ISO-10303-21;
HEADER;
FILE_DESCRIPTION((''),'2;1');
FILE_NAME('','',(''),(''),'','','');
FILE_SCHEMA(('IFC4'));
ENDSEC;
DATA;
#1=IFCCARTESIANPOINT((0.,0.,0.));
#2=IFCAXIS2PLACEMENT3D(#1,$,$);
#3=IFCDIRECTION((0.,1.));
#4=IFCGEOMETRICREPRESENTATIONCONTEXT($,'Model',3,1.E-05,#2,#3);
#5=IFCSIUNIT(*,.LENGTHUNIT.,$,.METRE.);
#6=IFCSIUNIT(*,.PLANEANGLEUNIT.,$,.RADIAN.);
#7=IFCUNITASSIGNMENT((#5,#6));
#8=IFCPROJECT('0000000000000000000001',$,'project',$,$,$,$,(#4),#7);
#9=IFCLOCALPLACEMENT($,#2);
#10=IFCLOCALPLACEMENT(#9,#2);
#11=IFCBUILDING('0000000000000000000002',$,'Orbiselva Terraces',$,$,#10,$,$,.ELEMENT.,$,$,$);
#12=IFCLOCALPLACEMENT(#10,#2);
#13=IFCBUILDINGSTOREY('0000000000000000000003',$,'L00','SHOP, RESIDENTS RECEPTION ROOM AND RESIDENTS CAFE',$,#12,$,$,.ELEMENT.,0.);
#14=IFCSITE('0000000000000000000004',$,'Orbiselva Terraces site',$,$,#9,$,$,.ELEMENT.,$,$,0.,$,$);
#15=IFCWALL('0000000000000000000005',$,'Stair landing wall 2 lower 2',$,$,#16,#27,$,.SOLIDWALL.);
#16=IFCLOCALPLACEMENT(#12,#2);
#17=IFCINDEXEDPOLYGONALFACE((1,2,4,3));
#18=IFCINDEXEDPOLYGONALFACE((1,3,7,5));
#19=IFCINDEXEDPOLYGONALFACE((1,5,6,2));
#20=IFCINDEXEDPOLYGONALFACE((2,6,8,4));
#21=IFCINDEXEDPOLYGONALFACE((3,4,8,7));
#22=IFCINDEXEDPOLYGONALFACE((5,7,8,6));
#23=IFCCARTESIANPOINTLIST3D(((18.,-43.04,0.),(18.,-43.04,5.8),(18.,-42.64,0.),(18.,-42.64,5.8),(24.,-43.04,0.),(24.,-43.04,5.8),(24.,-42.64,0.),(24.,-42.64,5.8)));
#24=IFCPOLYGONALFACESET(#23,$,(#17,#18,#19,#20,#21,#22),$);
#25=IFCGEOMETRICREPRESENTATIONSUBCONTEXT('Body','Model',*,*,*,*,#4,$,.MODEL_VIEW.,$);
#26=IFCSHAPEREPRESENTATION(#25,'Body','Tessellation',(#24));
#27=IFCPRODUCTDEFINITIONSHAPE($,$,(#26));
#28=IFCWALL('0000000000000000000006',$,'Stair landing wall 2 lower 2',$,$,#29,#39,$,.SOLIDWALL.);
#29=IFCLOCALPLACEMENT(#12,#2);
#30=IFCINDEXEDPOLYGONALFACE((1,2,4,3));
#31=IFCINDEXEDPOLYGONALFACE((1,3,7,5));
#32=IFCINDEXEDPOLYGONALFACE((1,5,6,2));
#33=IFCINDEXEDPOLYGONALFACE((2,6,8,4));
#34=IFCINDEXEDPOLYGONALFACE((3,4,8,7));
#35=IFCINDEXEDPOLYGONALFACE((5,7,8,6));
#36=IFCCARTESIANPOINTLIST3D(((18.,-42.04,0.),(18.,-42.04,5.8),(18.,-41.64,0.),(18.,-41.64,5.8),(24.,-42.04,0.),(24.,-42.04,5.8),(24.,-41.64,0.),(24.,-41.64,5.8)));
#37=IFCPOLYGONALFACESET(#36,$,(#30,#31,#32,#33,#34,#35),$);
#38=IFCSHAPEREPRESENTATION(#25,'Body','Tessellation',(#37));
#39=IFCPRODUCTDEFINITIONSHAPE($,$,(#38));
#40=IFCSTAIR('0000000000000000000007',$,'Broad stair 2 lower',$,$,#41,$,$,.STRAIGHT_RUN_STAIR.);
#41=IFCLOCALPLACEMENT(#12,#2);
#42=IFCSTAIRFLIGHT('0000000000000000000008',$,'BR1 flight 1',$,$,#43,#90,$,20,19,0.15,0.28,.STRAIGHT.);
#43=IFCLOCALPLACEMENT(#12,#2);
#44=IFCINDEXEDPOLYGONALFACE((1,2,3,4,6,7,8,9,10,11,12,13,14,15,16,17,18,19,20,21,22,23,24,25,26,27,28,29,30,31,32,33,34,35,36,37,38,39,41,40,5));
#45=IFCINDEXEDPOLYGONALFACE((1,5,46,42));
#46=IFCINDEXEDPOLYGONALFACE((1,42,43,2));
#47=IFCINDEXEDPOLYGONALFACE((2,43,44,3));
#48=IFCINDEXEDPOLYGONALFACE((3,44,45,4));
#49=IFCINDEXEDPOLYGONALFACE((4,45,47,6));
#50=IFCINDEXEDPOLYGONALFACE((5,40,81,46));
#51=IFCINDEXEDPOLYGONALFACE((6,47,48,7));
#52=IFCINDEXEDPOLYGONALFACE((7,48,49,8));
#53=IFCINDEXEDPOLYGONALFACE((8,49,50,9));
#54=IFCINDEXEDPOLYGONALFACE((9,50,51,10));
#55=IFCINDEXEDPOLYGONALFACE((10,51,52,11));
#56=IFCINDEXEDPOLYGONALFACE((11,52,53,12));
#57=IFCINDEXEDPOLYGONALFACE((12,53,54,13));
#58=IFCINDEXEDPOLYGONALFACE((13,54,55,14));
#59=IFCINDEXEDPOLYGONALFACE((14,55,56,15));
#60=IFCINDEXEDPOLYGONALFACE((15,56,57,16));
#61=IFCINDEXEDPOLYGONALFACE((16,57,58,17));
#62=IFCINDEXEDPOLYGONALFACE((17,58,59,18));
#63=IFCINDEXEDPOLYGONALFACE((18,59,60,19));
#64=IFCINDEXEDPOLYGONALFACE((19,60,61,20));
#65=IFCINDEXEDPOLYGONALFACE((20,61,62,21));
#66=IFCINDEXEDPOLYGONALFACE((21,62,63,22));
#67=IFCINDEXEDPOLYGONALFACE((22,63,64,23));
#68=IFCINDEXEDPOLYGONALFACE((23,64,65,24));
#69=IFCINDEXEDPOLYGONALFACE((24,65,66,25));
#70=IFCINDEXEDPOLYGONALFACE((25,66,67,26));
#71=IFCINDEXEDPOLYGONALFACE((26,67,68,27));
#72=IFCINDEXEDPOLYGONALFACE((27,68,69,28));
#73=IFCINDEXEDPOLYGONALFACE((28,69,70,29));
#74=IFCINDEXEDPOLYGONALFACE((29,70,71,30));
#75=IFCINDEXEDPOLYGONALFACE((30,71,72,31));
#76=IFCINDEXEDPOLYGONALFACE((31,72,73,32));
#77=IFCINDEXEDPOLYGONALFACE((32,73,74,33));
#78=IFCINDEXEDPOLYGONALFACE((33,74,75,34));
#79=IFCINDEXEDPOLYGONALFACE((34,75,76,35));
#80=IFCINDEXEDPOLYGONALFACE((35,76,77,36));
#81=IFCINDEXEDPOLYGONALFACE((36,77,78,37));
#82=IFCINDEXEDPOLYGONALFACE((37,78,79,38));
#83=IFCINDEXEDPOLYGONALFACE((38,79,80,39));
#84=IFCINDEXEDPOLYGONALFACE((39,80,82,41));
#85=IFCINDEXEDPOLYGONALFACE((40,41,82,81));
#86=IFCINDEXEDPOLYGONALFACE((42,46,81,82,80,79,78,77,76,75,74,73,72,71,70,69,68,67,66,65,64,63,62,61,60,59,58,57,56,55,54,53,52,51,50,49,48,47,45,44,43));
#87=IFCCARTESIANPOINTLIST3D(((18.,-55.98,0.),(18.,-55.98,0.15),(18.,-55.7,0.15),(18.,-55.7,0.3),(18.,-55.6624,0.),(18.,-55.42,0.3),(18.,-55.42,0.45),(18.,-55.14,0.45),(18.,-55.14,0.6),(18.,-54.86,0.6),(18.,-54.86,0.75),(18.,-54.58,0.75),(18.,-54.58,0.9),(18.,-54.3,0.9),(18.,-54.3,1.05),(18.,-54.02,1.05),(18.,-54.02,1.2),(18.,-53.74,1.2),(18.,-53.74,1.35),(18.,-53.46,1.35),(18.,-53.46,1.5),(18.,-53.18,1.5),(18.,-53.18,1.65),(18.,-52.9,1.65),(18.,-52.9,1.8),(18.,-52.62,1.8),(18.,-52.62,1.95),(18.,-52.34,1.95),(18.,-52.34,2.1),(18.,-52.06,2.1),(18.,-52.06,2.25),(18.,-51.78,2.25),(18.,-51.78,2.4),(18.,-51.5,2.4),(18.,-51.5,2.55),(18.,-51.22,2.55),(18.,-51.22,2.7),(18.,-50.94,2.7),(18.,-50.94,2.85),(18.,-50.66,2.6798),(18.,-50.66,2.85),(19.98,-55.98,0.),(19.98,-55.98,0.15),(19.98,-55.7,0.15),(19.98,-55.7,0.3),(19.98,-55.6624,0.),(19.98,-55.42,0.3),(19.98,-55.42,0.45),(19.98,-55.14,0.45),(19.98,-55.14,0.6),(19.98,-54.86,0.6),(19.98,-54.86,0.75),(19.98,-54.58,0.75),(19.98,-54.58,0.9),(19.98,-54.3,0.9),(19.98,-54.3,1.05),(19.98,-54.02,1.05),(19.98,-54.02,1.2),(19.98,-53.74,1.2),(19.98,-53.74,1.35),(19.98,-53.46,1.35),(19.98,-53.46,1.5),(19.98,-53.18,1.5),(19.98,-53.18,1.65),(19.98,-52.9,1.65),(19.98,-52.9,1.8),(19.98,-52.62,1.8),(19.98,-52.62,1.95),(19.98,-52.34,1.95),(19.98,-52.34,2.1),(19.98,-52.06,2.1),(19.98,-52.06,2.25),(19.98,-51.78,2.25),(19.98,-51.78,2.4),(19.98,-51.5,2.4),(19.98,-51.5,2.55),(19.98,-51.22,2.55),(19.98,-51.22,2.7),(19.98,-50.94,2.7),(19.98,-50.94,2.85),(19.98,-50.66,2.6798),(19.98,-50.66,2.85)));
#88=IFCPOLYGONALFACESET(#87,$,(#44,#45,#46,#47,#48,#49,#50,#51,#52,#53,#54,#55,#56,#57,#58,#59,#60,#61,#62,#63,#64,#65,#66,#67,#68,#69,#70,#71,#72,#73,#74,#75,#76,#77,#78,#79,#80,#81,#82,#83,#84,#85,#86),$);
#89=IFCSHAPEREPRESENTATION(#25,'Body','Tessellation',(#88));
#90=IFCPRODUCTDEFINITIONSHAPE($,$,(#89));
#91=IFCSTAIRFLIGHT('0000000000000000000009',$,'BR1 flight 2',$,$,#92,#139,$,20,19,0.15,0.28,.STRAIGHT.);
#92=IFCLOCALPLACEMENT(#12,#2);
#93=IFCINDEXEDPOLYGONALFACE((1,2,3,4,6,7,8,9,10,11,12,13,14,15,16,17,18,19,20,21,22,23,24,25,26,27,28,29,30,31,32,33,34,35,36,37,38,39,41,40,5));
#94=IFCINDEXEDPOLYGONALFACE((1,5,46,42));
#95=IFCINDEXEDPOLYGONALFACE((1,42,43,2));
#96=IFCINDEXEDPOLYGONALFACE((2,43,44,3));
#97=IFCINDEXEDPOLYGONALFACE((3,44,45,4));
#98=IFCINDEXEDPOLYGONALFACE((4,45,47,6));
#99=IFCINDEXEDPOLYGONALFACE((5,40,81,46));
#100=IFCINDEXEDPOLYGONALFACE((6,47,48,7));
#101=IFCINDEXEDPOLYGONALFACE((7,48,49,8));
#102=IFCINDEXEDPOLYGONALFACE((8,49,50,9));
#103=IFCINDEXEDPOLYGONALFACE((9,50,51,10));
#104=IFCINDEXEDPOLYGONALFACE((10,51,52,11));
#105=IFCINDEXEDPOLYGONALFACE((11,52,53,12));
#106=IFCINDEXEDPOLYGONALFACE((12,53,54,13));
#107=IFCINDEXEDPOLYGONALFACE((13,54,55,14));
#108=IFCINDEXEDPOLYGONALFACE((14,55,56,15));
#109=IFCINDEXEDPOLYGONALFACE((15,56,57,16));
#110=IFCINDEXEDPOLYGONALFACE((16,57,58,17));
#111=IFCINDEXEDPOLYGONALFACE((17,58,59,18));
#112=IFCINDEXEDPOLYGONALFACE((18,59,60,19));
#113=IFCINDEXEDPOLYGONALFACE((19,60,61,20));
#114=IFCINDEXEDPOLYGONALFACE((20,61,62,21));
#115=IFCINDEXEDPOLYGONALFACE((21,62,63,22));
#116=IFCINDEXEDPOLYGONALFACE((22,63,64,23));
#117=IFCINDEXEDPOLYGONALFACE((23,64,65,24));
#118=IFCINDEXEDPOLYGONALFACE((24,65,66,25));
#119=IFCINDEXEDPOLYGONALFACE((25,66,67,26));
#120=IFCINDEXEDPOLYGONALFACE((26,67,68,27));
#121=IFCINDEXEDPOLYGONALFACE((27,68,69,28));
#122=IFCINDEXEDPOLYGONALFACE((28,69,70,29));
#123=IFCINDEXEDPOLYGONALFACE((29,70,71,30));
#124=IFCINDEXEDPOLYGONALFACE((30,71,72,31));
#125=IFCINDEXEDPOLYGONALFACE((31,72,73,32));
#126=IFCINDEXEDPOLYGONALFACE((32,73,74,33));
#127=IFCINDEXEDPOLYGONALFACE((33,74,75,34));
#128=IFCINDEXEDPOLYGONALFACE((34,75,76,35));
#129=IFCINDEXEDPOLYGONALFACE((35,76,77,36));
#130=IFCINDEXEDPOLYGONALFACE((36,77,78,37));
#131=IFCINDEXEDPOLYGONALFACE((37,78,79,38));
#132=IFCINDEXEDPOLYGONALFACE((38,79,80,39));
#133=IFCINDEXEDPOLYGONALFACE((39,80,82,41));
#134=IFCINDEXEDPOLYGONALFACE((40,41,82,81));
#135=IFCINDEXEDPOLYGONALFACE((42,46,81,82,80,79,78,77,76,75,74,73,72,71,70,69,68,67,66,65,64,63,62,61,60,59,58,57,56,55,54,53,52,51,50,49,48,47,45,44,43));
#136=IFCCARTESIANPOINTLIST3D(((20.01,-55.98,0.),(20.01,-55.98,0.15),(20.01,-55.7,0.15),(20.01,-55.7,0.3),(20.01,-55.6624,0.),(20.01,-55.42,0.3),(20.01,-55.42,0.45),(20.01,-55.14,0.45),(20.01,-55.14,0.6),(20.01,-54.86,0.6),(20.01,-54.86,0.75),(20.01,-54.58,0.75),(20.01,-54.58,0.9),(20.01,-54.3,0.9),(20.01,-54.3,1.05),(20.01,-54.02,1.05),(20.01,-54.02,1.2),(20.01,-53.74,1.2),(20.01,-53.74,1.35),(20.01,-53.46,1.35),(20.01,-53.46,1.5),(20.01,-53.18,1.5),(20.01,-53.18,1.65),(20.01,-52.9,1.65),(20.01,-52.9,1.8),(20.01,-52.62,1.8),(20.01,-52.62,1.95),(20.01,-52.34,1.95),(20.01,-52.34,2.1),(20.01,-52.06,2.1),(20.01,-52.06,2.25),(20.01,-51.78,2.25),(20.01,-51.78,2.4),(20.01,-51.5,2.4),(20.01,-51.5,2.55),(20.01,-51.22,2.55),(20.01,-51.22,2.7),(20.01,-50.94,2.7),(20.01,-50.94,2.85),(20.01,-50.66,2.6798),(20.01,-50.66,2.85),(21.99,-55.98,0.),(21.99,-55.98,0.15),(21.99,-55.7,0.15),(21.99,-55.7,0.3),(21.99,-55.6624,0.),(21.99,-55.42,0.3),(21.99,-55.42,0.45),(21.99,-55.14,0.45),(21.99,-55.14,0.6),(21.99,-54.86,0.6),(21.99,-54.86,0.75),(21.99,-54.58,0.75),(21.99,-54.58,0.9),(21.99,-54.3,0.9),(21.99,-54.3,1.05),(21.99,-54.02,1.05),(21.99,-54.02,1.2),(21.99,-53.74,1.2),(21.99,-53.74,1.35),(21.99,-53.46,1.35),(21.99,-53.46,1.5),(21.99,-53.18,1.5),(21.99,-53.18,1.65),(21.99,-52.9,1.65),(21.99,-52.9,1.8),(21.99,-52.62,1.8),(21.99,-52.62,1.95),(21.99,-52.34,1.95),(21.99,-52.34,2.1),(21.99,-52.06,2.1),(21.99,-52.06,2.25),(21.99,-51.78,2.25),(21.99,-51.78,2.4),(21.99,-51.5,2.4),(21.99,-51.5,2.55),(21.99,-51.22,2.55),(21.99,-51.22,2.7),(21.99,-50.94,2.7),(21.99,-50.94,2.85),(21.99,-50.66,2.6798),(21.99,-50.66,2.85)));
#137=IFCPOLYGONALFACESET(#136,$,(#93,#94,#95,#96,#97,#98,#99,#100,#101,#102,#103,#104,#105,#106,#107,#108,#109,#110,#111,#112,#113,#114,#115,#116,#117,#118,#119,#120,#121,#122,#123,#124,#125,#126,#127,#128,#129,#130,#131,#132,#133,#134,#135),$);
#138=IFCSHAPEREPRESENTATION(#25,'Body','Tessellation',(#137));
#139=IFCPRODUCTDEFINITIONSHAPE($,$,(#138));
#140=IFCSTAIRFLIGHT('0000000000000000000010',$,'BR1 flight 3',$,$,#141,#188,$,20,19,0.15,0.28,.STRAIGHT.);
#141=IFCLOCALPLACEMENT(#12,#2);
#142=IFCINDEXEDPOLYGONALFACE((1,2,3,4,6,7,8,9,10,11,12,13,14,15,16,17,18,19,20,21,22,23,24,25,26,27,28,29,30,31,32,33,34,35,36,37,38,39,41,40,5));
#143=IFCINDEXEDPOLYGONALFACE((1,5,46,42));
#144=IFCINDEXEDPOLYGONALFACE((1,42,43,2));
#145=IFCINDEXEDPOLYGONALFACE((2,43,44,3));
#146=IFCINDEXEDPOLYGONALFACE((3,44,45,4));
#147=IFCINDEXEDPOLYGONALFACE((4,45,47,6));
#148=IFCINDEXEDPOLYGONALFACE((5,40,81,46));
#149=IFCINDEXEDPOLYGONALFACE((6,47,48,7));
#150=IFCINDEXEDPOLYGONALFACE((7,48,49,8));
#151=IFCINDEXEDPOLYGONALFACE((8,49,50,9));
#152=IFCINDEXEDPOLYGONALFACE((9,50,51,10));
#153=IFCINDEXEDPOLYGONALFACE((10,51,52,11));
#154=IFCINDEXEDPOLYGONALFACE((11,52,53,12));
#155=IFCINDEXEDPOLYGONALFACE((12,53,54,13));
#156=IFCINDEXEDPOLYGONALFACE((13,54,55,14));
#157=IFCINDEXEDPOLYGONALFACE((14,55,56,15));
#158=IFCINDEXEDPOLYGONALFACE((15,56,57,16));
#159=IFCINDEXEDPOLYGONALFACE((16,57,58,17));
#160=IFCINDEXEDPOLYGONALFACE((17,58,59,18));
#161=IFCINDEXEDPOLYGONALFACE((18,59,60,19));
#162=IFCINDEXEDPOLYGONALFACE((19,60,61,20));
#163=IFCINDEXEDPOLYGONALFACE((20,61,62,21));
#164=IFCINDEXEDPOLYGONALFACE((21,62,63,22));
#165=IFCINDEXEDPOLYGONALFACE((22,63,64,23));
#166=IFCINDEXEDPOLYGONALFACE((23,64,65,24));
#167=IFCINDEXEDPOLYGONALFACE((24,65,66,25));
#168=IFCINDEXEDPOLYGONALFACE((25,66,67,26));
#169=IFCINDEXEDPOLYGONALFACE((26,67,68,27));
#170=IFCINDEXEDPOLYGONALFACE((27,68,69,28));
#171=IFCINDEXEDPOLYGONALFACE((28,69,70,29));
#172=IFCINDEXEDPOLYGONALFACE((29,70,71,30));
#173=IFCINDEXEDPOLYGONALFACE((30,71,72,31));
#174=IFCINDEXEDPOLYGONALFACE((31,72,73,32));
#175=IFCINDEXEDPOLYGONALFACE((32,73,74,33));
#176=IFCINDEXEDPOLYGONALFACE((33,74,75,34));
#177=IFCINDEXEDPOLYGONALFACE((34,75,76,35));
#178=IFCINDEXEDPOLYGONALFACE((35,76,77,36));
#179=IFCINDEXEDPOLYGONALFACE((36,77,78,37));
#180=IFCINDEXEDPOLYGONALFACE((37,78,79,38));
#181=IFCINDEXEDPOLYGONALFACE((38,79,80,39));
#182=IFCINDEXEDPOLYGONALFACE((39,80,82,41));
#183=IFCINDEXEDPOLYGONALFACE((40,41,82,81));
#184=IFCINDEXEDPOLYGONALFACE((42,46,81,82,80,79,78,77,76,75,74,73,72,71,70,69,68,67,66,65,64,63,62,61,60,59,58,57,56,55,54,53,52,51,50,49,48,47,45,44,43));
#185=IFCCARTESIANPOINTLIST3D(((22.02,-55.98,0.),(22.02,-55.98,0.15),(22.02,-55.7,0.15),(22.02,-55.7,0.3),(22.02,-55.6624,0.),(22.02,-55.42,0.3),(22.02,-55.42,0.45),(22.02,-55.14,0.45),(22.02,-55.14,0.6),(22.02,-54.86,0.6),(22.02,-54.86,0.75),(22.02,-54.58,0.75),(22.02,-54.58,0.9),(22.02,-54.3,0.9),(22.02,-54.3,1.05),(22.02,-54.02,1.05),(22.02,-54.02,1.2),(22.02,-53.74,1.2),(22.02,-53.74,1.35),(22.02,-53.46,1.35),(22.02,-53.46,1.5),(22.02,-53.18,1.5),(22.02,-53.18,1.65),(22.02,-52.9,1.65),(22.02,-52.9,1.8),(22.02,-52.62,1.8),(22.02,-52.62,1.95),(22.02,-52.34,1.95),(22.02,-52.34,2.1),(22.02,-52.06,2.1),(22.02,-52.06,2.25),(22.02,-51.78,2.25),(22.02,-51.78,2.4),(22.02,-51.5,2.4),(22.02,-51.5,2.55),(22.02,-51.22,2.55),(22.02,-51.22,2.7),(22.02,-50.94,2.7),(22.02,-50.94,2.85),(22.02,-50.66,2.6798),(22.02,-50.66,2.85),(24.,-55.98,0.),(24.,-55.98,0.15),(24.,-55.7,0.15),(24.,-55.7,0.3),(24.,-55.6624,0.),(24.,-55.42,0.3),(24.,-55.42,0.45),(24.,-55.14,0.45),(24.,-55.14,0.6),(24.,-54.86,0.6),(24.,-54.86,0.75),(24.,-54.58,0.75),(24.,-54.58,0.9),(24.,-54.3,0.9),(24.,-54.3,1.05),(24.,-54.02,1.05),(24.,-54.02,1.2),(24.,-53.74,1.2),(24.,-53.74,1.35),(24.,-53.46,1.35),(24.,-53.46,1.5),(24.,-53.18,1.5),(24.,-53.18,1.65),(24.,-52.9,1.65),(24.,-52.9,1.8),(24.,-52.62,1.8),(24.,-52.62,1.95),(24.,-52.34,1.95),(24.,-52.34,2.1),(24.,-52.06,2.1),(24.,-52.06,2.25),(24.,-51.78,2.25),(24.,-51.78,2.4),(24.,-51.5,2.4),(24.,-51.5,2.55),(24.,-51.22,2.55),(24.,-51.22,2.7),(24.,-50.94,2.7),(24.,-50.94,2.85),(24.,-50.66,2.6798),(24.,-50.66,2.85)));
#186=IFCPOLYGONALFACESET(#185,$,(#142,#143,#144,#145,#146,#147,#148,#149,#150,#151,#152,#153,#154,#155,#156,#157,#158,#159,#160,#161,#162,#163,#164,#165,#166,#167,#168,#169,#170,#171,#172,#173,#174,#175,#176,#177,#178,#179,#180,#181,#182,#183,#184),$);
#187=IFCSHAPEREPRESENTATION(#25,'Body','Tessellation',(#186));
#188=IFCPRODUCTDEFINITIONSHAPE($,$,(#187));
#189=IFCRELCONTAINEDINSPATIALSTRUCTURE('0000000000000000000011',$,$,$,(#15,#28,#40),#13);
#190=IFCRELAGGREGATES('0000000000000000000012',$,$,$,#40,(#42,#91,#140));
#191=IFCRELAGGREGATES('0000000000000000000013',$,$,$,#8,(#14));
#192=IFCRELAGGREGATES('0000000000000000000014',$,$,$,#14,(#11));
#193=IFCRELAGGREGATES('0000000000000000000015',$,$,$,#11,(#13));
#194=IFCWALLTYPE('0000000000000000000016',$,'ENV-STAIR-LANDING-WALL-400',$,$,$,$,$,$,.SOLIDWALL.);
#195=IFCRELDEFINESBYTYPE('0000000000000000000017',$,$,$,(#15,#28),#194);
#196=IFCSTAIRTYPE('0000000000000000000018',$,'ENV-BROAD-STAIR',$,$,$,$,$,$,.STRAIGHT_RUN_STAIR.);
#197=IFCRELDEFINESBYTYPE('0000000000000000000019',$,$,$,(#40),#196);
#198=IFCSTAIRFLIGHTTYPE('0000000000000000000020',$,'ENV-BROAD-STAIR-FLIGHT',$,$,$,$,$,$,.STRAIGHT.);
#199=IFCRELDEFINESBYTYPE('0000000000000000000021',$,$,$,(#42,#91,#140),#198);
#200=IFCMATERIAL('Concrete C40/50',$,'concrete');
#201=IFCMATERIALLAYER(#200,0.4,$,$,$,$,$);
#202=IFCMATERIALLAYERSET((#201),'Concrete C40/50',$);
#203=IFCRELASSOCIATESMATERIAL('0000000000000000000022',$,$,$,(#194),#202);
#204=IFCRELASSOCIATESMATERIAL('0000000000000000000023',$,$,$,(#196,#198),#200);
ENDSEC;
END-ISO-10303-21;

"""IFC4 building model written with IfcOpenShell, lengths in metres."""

from ifc_helpers import new_model, si_unit, direction, frame, frame_2d, origin, place, context, subcontext, project, spatial, polyline, rectangle, outline, extrude, material, layer, layer_set, type_object, element, aggregate, save


model = new_model("IFC4")

# Units and contexts
model_context = context("Model", 3, precision=1e-05, world=origin(), true_north=direction((0.0, 1.0)))
body_context = subcontext(model_context, "Body", "Model", "MODEL_VIEW")
ifc_project = project(units=[si_unit("LENGTHUNIT", "METRE"), si_unit("PLANEANGLEUNIT", "RADIAN")], contexts=[model_context])

# Site, building, storey
site_placement = place(None, origin())
site = spatial("IfcSite", under=ifc_project, at=site_placement, Name="Orbiselva Terraces site", CompositionType="ELEMENT", RefElevation=0.0)
building_placement = place(site_placement, origin())
building = spatial("IfcBuilding", under=site, at=building_placement, Name="Orbiselva Terraces", CompositionType="ELEMENT")
storey_placement = place(building_placement, origin())
storey = spatial("IfcBuildingStorey", under=building, at=storey_placement, Name="L00", Description="SHOP, RESIDENTS RECEPTION ROOM AND RESIDENTS CAFE", CompositionType="ELEMENT", Elevation=0.0)

# Shared definitions
ifc_material_1 = material(Name="Concrete C40/50", Category="concrete")

# Walls
ifc_layer_1 = layer(ifc_material_1, 0.4)
ifc_layer_set_1 = layer_set([ifc_layer_1], Name="Concrete C40/50")
wall_type = type_object("IfcWallType", Name="ENV-STAIR-LANDING-WALL-400", PredefinedType="SOLIDWALL", material=ifc_layer_set_1)
for number, where, z_axis, x_axis, name in (
    (1, (18.0, -42.84, 0.0), (0.0, 0.0, 1.0), (1.0, 0.0, 0.0), "Stair landing wall 2 lower 2"),
    (2, (18.0, -41.84, 0.0), (0.0, 0.0, 1.0), (1.0, 0.0, 0.0), "Stair landing wall 2 lower 2"),
):
    element("IfcWall", number, at=place(storey_placement, frame(where, z_axis=z_axis, x_axis=x_axis)), inside=storey, type_object=wall_type, Name=name, PredefinedType="SOLIDWALL", context=body_context, shape_type="SweptSolid", body=[
        extrude(rectangle(XDim=6.0, YDim=0.4, at=frame_2d((3.0, 0.0))), origin(), (0.0, 0.0, 1.0), 5.8),
    ])

# Stair, stair flights
stair_type = type_object("IfcStairType", Name="ENV-BROAD-STAIR", PredefinedType="STRAIGHT_RUN_STAIR", material=ifc_material_1)
stair_placement = place(storey_placement, origin())
stair = element("IfcStair", 3, at=stair_placement, inside=storey, type_object=stair_type, Name="Broad stair 2 lower", PredefinedType="STRAIGHT_RUN_STAIR")
stair_flight_type = type_object("IfcStairFlightType", Name="ENV-BROAD-STAIR-FLIGHT", PredefinedType="STRAIGHT", material=ifc_material_1)
stair_flight_1_placement = place(storey_placement, frame((18.99, -55.98, 0.0), z_axis=(0.0, 0.0, 1.0), x_axis=(0.0, 1.0, 0.0)))
stair_flight_1 = element("IfcStairFlight", 4, at=stair_flight_1_placement, type_object=stair_flight_type, Name="BR1 flight 1", NumberOfRisers=20, NumberOfTreads=19, PredefinedType="STRAIGHT", RiserHeight=0.15, TreadLength=0.28, context=body_context, shape_type="SweptSolid", body=[
    extrude(outline(polyline([(0.0, 0.0), (0.0, 0.15), (0.28, 0.15), (0.28, 0.3), (0.56, 0.3), (0.56, 0.45), (0.84, 0.45), (0.84, 0.6), (1.12, 0.6), (1.12, 0.75), (1.4, 0.75), (1.4, 0.9), (1.68, 0.9), (1.68, 1.05), (1.96, 1.05), (1.96, 1.2), (2.24, 1.2), (2.24, 1.35), (2.52, 1.35), (2.52, 1.5), (2.8, 1.5), (2.8, 1.65), (3.08, 1.65), (3.08, 1.8), (3.36, 1.8), (3.36, 1.95), (3.64, 1.95), (3.64, 2.1), (3.92, 2.1), (3.92, 2.25), (4.2, 2.25), (4.2, 2.4), (4.48, 2.4), (4.48, 2.55), (4.76, 2.55), (4.76, 2.7), (5.04, 2.7), (5.04, 2.85), (5.32, 2.85), (5.32, 3.0), (5.32, 2.6798), (0.3176, 0.0), (0.0, 0.0)])), frame((0.0, 0.99, 0.0), z_axis=(0.0, -1.0, 0.0), x_axis=(1.0, 0.0, 0.0)), (0.0, 0.0, 1.0), 1.98),
])
stair_flight_2_placement = place(storey_placement, frame((21.0, -55.98, 0.0), z_axis=(0.0, 0.0, 1.0), x_axis=(0.0, 1.0, 0.0)))
stair_flight_2 = element("IfcStairFlight", 5, at=stair_flight_2_placement, type_object=stair_flight_type, Name="BR1 flight 2", NumberOfRisers=20, NumberOfTreads=19, PredefinedType="STRAIGHT", RiserHeight=0.15, TreadLength=0.28, context=body_context, shape_type="SweptSolid", body=[
    extrude(outline(polyline([(0.0, 0.0), (0.0, 0.15), (0.28, 0.15), (0.28, 0.3), (0.56, 0.3), (0.56, 0.45), (0.84, 0.45), (0.84, 0.6), (1.12, 0.6), (1.12, 0.75), (1.4, 0.75), (1.4, 0.9), (1.68, 0.9), (1.68, 1.05), (1.96, 1.05), (1.96, 1.2), (2.24, 1.2), (2.24, 1.35), (2.52, 1.35), (2.52, 1.5), (2.8, 1.5), (2.8, 1.65), (3.08, 1.65), (3.08, 1.8), (3.36, 1.8), (3.36, 1.95), (3.64, 1.95), (3.64, 2.1), (3.92, 2.1), (3.92, 2.25), (4.2, 2.25), (4.2, 2.4), (4.48, 2.4), (4.48, 2.55), (4.76, 2.55), (4.76, 2.7), (5.04, 2.7), (5.04, 2.85), (5.32, 2.85), (5.32, 3.0), (5.32, 2.6798), (0.3176, 0.0), (0.0, 0.0)])), frame((0.0, 0.99, 0.0), z_axis=(0.0, -1.0, 0.0), x_axis=(1.0, 0.0, 0.0)), (0.0, 0.0, 1.0), 1.98),
])
stair_flight_3_placement = place(storey_placement, frame((23.01, -55.98, 0.0), z_axis=(0.0, 0.0, 1.0), x_axis=(0.0, 1.0, 0.0)))
stair_flight_3 = element("IfcStairFlight", 6, at=stair_flight_3_placement, type_object=stair_flight_type, Name="BR1 flight 3", NumberOfRisers=20, NumberOfTreads=19, PredefinedType="STRAIGHT", RiserHeight=0.15, TreadLength=0.28, context=body_context, shape_type="SweptSolid", body=[
    extrude(outline(polyline([(0.0, 0.0), (0.0, 0.15), (0.28, 0.15), (0.28, 0.3), (0.56, 0.3), (0.56, 0.45), (0.84, 0.45), (0.84, 0.6), (1.12, 0.6), (1.12, 0.75), (1.4, 0.75), (1.4, 0.9), (1.68, 0.9), (1.68, 1.05), (1.96, 1.05), (1.96, 1.2), (2.24, 1.2), (2.24, 1.35), (2.52, 1.35), (2.52, 1.5), (2.8, 1.5), (2.8, 1.65), (3.08, 1.65), (3.08, 1.8), (3.36, 1.8), (3.36, 1.95), (3.64, 1.95), (3.64, 2.1), (3.92, 2.1), (3.92, 2.25), (4.2, 2.25), (4.2, 2.4), (4.48, 2.4), (4.48, 2.55), (4.76, 2.55), (4.76, 2.7), (5.04, 2.7), (5.04, 2.85), (5.32, 2.85), (5.32, 3.0), (5.32, 2.6798), (0.3176, 0.0), (0.0, 0.0)])), frame((0.0, 0.99, 0.0), z_axis=(0.0, -1.0, 0.0), x_axis=(1.0, 0.0, 0.0)), (0.0, 0.0, 1.0), 1.98),
])
aggregate(stair, [stair_flight_1, stair_flight_2, stair_flight_3])

save(model, "model.ifc")
